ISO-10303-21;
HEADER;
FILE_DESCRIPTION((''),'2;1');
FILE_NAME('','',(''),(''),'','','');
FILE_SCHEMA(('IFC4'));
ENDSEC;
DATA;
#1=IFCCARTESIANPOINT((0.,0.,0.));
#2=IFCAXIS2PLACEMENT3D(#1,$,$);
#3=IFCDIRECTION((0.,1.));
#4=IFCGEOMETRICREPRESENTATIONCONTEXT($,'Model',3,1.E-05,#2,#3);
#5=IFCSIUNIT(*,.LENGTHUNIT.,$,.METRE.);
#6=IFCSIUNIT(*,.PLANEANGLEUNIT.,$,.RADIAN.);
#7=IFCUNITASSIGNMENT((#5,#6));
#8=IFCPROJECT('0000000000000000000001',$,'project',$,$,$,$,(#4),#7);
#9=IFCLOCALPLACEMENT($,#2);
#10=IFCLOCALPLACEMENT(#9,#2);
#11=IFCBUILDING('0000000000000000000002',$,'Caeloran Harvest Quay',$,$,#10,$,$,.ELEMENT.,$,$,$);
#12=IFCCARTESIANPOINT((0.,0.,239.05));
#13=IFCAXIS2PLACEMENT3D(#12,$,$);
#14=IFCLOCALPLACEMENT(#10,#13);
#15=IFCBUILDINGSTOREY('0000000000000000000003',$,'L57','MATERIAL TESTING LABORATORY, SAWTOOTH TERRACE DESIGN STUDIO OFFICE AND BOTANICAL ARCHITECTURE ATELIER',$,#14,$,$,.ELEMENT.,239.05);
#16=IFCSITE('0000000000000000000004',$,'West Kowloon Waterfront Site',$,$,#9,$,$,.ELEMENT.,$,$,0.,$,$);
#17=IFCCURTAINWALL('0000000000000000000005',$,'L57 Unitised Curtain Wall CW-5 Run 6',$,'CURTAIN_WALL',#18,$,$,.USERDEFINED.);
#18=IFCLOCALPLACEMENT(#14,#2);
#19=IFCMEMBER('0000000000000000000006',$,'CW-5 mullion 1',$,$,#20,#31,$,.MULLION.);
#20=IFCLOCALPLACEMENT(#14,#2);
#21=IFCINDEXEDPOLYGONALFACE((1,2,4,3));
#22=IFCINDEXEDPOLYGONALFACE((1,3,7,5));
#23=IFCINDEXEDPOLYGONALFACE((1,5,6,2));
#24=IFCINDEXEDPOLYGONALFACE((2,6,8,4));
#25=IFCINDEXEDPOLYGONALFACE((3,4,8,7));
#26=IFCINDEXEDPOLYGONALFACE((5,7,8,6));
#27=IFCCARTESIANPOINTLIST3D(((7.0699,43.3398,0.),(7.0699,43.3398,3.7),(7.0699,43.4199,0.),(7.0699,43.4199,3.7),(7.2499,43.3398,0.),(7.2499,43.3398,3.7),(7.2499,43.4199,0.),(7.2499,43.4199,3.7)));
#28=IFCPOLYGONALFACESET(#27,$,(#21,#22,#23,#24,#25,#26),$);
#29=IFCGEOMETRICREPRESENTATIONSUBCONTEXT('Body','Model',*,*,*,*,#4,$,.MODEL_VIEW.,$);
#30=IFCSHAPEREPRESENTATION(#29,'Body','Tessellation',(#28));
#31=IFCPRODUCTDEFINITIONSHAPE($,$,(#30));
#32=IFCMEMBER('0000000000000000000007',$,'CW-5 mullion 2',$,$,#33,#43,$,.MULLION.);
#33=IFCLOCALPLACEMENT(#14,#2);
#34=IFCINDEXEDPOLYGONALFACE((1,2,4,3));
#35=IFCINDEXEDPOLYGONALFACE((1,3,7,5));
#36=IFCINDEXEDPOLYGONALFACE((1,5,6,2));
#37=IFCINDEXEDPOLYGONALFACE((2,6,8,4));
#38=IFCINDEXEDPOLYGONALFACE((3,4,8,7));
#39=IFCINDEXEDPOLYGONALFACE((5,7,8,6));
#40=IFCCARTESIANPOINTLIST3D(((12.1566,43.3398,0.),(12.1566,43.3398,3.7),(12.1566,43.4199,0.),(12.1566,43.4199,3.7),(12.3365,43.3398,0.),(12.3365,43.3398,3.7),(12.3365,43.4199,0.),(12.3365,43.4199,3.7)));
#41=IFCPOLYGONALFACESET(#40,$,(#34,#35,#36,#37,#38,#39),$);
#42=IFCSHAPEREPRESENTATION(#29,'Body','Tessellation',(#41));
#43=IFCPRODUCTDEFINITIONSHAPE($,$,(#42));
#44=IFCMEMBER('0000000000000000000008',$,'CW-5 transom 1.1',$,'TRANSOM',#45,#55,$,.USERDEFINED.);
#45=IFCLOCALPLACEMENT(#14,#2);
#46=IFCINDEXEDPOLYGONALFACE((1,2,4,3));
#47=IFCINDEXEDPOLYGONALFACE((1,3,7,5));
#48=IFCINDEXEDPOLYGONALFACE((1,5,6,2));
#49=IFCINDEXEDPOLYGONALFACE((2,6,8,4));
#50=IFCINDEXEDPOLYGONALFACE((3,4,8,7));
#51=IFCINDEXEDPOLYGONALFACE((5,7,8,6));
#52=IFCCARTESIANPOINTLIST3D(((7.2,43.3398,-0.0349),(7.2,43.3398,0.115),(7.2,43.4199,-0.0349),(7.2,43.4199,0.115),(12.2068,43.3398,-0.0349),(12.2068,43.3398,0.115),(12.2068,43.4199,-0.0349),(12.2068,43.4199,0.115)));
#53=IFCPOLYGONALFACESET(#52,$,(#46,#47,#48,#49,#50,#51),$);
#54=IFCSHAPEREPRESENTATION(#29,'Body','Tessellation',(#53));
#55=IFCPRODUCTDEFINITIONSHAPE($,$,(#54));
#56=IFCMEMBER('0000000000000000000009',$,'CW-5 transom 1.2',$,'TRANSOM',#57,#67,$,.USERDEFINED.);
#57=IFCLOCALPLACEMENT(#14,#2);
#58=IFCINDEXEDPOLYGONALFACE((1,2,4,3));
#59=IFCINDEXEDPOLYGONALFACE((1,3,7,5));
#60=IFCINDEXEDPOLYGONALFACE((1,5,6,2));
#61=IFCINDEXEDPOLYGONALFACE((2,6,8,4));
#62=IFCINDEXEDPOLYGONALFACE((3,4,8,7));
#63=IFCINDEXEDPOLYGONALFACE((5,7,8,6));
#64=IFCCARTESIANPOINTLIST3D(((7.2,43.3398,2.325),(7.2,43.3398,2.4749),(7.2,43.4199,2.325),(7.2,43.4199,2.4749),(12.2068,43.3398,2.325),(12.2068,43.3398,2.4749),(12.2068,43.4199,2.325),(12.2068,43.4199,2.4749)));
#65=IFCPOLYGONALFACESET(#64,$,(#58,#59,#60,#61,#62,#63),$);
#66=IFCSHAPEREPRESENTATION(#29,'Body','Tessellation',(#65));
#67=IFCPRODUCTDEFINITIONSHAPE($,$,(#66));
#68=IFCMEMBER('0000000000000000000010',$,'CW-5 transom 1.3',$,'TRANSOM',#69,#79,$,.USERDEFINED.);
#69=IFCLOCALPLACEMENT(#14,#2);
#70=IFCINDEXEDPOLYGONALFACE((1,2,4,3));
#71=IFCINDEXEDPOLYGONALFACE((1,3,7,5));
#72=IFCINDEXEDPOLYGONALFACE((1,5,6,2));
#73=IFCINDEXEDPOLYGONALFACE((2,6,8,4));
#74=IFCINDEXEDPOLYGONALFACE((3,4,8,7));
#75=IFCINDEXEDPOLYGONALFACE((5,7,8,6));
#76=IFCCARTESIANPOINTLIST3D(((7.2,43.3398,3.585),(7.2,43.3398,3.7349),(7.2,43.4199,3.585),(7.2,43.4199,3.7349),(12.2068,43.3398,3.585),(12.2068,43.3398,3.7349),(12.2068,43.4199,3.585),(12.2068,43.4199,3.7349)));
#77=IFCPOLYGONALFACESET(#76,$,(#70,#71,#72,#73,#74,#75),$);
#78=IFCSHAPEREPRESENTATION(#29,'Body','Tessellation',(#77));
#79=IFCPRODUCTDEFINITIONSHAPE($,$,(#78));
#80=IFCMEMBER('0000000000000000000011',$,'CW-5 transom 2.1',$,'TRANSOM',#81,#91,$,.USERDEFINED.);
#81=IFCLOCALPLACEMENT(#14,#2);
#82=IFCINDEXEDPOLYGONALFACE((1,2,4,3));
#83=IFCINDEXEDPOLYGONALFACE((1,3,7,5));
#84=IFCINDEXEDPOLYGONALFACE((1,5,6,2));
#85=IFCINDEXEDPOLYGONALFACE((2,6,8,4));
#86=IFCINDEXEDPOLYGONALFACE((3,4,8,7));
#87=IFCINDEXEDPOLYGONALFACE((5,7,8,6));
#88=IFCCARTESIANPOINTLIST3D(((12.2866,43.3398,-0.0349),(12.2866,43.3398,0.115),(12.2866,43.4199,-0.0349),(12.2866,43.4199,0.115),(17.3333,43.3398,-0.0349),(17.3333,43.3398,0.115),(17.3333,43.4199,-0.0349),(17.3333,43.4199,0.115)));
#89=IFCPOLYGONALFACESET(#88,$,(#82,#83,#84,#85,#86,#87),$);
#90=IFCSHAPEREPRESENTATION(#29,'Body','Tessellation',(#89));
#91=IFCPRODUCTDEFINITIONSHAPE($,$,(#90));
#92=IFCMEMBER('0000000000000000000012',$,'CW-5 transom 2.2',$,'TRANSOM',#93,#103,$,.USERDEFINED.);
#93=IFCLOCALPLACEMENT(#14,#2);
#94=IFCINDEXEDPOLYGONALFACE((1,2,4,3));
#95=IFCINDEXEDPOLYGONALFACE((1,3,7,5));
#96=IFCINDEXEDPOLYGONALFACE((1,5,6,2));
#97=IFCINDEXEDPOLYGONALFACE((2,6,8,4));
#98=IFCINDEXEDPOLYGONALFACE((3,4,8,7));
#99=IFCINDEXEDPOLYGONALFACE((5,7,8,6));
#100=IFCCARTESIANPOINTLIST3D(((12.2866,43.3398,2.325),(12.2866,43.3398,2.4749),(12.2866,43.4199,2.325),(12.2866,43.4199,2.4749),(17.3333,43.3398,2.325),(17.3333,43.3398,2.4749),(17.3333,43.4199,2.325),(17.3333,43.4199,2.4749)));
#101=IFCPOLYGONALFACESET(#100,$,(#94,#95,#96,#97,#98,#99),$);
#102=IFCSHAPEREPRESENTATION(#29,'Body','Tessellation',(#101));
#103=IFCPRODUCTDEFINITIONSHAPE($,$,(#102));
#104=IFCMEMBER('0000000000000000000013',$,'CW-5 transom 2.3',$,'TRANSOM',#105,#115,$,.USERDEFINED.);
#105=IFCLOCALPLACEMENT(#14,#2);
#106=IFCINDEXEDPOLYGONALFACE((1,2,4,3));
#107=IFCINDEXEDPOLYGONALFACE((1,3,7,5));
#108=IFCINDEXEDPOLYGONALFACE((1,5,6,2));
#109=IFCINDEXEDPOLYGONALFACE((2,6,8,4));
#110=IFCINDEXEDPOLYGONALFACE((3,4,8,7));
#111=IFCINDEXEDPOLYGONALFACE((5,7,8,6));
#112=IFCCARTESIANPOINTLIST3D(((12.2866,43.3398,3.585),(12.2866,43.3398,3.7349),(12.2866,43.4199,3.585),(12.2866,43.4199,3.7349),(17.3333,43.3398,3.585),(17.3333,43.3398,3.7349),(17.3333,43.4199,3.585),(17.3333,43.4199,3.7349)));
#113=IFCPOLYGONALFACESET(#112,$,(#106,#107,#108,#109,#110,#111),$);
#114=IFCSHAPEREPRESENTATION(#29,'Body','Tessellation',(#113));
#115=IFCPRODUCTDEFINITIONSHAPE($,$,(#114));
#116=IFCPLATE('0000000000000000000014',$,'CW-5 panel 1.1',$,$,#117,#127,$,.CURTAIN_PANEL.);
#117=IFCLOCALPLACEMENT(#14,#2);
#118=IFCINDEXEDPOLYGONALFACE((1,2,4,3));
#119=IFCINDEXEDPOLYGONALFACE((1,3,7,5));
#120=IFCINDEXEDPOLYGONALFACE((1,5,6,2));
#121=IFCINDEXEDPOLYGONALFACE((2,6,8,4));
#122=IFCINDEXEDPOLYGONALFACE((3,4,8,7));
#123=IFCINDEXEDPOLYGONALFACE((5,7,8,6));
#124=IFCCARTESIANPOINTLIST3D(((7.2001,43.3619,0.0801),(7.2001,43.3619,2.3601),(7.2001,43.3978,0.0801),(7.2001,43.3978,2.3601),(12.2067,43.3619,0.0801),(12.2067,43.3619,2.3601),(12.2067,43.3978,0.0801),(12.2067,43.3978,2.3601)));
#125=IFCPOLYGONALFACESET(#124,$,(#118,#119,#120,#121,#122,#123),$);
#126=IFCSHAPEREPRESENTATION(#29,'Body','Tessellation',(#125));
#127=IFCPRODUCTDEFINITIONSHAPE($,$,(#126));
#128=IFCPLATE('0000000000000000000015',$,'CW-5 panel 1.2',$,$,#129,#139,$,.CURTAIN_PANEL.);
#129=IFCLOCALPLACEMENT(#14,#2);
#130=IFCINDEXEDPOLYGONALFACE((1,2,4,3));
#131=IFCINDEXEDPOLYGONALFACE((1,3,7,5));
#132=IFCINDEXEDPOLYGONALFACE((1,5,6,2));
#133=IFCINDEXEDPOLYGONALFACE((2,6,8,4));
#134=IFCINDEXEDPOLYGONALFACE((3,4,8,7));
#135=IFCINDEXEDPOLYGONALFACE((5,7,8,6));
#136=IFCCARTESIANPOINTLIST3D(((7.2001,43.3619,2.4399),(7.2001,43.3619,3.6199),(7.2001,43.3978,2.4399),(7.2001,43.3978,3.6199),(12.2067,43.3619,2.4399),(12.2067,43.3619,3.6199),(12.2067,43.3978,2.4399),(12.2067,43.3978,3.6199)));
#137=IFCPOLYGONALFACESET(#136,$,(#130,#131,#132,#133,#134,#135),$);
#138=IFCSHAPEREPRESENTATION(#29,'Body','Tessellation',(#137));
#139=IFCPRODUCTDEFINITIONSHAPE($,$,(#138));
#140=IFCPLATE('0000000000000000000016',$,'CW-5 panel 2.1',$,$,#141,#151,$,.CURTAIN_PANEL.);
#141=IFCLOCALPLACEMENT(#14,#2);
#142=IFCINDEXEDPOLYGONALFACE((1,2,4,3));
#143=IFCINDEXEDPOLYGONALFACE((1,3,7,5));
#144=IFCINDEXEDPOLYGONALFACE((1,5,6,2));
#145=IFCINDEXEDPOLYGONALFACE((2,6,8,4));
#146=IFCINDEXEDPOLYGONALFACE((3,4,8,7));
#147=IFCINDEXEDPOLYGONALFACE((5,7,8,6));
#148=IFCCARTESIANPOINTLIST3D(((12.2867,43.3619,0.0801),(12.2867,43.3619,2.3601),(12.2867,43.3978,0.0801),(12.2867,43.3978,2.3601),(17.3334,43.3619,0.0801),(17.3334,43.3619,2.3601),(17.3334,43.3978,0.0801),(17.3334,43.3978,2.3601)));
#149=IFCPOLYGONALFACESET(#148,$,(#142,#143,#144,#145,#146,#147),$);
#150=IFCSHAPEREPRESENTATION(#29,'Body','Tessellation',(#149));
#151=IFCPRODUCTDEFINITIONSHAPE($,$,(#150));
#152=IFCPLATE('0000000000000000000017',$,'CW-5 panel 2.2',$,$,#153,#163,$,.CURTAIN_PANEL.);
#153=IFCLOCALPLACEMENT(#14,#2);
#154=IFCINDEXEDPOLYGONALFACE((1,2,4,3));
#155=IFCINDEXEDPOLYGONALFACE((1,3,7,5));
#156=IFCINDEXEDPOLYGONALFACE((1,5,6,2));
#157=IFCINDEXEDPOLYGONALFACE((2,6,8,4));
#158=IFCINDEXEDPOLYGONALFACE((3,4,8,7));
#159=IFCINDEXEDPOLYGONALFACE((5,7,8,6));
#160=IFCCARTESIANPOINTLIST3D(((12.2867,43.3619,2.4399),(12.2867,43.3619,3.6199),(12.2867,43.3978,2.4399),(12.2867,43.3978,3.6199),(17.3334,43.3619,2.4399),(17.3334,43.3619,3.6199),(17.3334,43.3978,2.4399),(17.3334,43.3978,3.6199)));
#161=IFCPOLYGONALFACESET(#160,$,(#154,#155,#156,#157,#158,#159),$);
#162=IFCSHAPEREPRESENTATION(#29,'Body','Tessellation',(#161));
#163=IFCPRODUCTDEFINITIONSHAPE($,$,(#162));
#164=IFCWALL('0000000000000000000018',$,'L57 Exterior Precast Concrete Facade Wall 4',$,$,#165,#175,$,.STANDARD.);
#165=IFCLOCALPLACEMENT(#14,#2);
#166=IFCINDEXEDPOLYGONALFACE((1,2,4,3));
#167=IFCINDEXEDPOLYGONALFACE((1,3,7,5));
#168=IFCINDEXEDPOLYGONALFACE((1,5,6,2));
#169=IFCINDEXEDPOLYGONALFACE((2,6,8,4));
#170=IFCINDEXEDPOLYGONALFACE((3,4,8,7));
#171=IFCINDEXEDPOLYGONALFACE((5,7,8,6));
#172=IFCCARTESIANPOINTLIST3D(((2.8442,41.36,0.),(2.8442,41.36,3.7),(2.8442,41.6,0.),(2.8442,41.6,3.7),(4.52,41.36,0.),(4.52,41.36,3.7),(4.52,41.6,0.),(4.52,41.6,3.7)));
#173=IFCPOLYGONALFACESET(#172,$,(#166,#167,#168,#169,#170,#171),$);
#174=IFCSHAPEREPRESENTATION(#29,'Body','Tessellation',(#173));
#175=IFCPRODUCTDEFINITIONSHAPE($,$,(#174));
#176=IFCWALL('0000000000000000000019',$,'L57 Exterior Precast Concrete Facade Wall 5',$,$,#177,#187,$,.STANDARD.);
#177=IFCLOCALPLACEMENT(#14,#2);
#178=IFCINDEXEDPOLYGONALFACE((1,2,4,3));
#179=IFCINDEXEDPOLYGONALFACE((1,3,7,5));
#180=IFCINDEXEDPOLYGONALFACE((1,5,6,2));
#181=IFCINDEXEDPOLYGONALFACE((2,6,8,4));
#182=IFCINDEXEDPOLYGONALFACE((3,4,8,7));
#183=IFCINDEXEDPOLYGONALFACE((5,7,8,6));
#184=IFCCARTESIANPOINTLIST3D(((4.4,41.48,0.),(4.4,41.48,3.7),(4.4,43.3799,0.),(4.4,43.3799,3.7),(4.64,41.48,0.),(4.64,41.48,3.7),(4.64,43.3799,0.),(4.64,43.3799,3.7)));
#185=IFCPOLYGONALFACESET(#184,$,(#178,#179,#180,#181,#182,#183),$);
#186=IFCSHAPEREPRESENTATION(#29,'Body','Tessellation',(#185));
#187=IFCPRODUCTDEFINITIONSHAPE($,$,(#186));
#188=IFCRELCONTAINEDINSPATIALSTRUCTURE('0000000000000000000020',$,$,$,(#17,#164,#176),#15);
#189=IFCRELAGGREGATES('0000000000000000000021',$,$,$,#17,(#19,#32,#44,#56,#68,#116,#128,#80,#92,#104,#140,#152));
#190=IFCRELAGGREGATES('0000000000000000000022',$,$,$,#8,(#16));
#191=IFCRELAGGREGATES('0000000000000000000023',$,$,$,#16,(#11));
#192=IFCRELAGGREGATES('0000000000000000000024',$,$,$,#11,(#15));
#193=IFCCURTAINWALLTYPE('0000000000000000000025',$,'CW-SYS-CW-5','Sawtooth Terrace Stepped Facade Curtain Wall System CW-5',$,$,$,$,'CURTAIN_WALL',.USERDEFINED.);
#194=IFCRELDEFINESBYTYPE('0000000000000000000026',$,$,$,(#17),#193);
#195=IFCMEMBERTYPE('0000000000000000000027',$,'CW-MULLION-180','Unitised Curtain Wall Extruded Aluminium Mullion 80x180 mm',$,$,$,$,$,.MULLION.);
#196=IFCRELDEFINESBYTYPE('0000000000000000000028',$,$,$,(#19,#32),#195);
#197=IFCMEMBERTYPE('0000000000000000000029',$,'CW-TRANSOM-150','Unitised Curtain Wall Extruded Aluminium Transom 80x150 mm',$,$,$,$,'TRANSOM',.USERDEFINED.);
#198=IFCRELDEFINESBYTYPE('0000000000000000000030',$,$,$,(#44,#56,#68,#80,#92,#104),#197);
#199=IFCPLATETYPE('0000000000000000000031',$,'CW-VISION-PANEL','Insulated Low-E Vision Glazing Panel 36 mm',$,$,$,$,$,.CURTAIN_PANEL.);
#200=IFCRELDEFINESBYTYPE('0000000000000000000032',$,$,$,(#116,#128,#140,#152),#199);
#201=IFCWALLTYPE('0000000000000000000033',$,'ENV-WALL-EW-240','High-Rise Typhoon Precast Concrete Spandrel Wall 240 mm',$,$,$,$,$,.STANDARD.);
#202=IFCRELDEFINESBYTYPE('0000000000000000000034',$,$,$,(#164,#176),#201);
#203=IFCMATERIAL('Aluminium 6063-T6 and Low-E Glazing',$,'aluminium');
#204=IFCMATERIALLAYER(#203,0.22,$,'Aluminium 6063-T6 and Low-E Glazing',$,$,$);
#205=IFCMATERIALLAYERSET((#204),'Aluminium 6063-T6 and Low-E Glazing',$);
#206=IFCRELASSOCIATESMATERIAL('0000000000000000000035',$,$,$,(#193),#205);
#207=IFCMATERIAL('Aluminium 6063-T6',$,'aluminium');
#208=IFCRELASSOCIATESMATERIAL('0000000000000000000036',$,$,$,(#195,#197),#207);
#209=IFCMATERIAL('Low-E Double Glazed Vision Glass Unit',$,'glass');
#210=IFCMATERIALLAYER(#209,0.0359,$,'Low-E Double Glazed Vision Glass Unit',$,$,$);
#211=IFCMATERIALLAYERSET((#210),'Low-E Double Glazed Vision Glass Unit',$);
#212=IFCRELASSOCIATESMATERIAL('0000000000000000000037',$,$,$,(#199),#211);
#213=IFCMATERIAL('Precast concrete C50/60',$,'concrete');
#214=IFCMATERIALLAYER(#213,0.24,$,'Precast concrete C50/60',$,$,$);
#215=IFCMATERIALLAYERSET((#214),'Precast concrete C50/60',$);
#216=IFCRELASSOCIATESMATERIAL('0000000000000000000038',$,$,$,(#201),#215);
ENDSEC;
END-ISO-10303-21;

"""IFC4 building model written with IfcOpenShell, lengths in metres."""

from ifc_helpers import new_model, si_unit, direction, frame, frame_2d, origin, origin_2d, place, context, subcontext, project, spatial, rectangle, extrude, material, layer, layer_set, material_profile, profile_set, type_object, element, aggregate, save


model = new_model("IFC4")

# Units and contexts
model_context = context("Model", 3, precision=1e-05, world=origin(), true_north=direction((0.0, 1.0)))
body_context = subcontext(model_context, "Body", "Model", "MODEL_VIEW")
ifc_project = project(units=[si_unit("LENGTHUNIT", "METRE"), si_unit("PLANEANGLEUNIT", "RADIAN")], contexts=[model_context])

# Site, building, storey
site_placement = place(None, origin())
site = spatial("IfcSite", under=ifc_project, at=site_placement, Name="West Kowloon Waterfront Site", CompositionType="ELEMENT", RefElevation=0.0)
building_placement = place(site_placement, origin())
building = spatial("IfcBuilding", under=site, at=building_placement, Name="Caeloran Harvest Quay", CompositionType="ELEMENT")
storey_placement = place(building_placement, frame((0.0, 0.0, 239.05)))
storey = spatial("IfcBuildingStorey", under=building, at=storey_placement, Name="L57", Description="MATERIAL TESTING LABORATORY, SAWTOOTH TERRACE DESIGN STUDIO OFFICE AND BOTANICAL ARCHITECTURE ATELIER", CompositionType="ELEMENT", Elevation=239.05)

# Curtain wall, members, plates
ifc_material_1 = material(Name="Aluminium 6063-T6 and Low-E Glazing", Category="aluminium")
ifc_layer_1 = layer(ifc_material_1, 0.22, Name="Aluminium 6063-T6 and Low-E Glazing")
ifc_layer_set_1 = layer_set([ifc_layer_1], Name="Aluminium 6063-T6 and Low-E Glazing")
curtain_wall_type = type_object("IfcCurtainWallType", Name="CW-SYS-CW-5", Description="Sawtooth Terrace Stepped Facade Curtain Wall System CW-5", ElementType="CURTAIN_WALL", PredefinedType="USERDEFINED", material=ifc_layer_set_1)
curtain_wall_placement = place(storey_placement, origin())
curtain_wall = element("IfcCurtainWall", 1, at=curtain_wall_placement, inside=storey, type_object=curtain_wall_type, Name="L57 Unitised Curtain Wall CW-5 Run 6", ObjectType="CURTAIN_WALL", PredefinedType="USERDEFINED")
ifc_material_2 = material(Name="Aluminium 6063-T6", Category="aluminium")
ifc_material_profile_1 = material_profile(ifc_material_2, rectangle(XDim=0.0801, YDim=0.1799, at=origin_2d()), Name="CW-MULLION-180")
ifc_profile_set_1 = profile_set([ifc_material_profile_1], Name="Aluminium 6063-T6")
member_type_1 = type_object("IfcMemberType", Name="CW-MULLION-180", Description="Unitised Curtain Wall Extruded Aluminium Mullion 80x180 mm", PredefinedType="MULLION", material=ifc_profile_set_1)
member_1_placement = place(storey_placement, frame((7.1599, 43.3799, 0.0), z_axis=(0.0, 0.0, 1.0), x_axis=(0.0, 1.0, 0.0)))
member_1 = element("IfcMember", 2, at=member_1_placement, type_object=member_type_1, Name="CW-5 mullion 1", PredefinedType="MULLION", context=body_context, shape_type="SweptSolid", body=[
    extrude(rectangle(XDim=0.0801, YDim=0.1799, at=origin_2d()), origin(), (0.0, 0.0, 1.0), 3.7),
])
member_2_placement = place(storey_placement, frame((12.2466, 43.3799, 0.0), z_axis=(0.0, 0.0, 1.0), x_axis=(0.0, 1.0, 0.0)))
member_2 = element("IfcMember", 3, at=member_2_placement, type_object=member_type_1, Name="CW-5 mullion 2", PredefinedType="MULLION", context=body_context, shape_type="SweptSolid", body=[
    extrude(rectangle(XDim=0.0801, YDim=0.1799, at=origin_2d()), origin(), (0.0, 0.0, 1.0), 3.7),
])
ifc_material_profile_2 = material_profile(ifc_material_2, rectangle(XDim=0.0801, YDim=0.1499, at=origin_2d()), Name="CW-TRANSOM-150")
ifc_profile_set_2 = profile_set([ifc_material_profile_2], Name="Aluminium 6063-T6")
member_type_2 = type_object("IfcMemberType", Name="CW-TRANSOM-150", Description="Unitised Curtain Wall Extruded Aluminium Transom 80x150 mm", ElementType="TRANSOM", PredefinedType="USERDEFINED", material=ifc_profile_set_2)
member_3_placement = place(storey_placement, frame((7.2, 43.3799, 0.04), z_axis=(1.0, 0.0, 0.0), x_axis=(0.0, 1.0, 0.0)))
member_3 = element("IfcMember", 4, at=member_3_placement, type_object=member_type_2, Name="CW-5 transom 1.1", ObjectType="TRANSOM", PredefinedType="USERDEFINED", context=body_context, shape_type="SweptSolid", body=[
    extrude(rectangle(XDim=0.0801, YDim=0.1499, at=origin_2d()), origin(), (0.0, 0.0, 1.0), 5.0068),
])
member_4_placement = place(storey_placement, frame((7.2, 43.3799, 2.3999), z_axis=(1.0, 0.0, 0.0), x_axis=(0.0, 1.0, 0.0)))
member_4 = element("IfcMember", 5, at=member_4_placement, type_object=member_type_2, Name="CW-5 transom 1.2", ObjectType="TRANSOM", PredefinedType="USERDEFINED", context=body_context, shape_type="SweptSolid", body=[
    extrude(rectangle(XDim=0.0801, YDim=0.1499, at=origin_2d()), origin(), (0.0, 0.0, 1.0), 5.0068),
])
member_5_placement = place(storey_placement, frame((7.2, 43.3799, 3.6599), z_axis=(1.0, 0.0, 0.0), x_axis=(0.0, 1.0, 0.0)))
member_5 = element("IfcMember", 6, at=member_5_placement, type_object=member_type_2, Name="CW-5 transom 1.3", ObjectType="TRANSOM", PredefinedType="USERDEFINED", context=body_context, shape_type="SweptSolid", body=[
    extrude(rectangle(XDim=0.0801, YDim=0.1499, at=origin_2d()), origin(), (0.0, 0.0, 1.0), 5.0068),
])
member_6_placement = place(storey_placement, frame((12.2866, 43.3799, 0.04), z_axis=(1.0, 0.0, 0.0), x_axis=(0.0, 1.0, 0.0)))
member_6 = element("IfcMember", 7, at=member_6_placement, type_object=member_type_2, Name="CW-5 transom 2.1", ObjectType="TRANSOM", PredefinedType="USERDEFINED", context=body_context, shape_type="SweptSolid", body=[
    extrude(rectangle(XDim=0.0801, YDim=0.1499, at=origin_2d()), origin(), (0.0, 0.0, 1.0), 5.0466),
])
member_7_placement = place(storey_placement, frame((12.2866, 43.3799, 2.3999), z_axis=(1.0, 0.0, 0.0), x_axis=(0.0, 1.0, 0.0)))
member_7 = element("IfcMember", 8, at=member_7_placement, type_object=member_type_2, Name="CW-5 transom 2.2", ObjectType="TRANSOM", PredefinedType="USERDEFINED", context=body_context, shape_type="SweptSolid", body=[
    extrude(rectangle(XDim=0.0801, YDim=0.1499, at=origin_2d()), origin(), (0.0, 0.0, 1.0), 5.0466),
])
member_8_placement = place(storey_placement, frame((12.2866, 43.3799, 3.6599), z_axis=(1.0, 0.0, 0.0), x_axis=(0.0, 1.0, 0.0)))
member_8 = element("IfcMember", 9, at=member_8_placement, type_object=member_type_2, Name="CW-5 transom 2.3", ObjectType="TRANSOM", PredefinedType="USERDEFINED", context=body_context, shape_type="SweptSolid", body=[
    extrude(rectangle(XDim=0.0801, YDim=0.1499, at=origin_2d()), origin(), (0.0, 0.0, 1.0), 5.0466),
])
ifc_material_3 = material(Name="Low-E Double Glazed Vision Glass Unit", Category="glass")
ifc_layer_2 = layer(ifc_material_3, 0.0359, Name="Low-E Double Glazed Vision Glass Unit")
ifc_layer_set_2 = layer_set([ifc_layer_2], Name="Low-E Double Glazed Vision Glass Unit")
plate_type = type_object("IfcPlateType", Name="CW-VISION-PANEL", Description="Insulated Low-E Vision Glazing Panel 36 mm", PredefinedType="CURTAIN_PANEL", material=ifc_layer_set_2)
plate_1_placement = place(storey_placement, frame((9.7034, 43.3799, 0.0801), z_axis=(0.0, 0.0, 1.0), x_axis=(1.0, 0.0, 0.0)))
plate_1 = element("IfcPlate", 10, at=plate_1_placement, type_object=plate_type, Name="CW-5 panel 1.1", PredefinedType="CURTAIN_PANEL", context=body_context, shape_type="SweptSolid", body=[
    extrude(rectangle(XDim=5.0066, YDim=0.0359, at=origin_2d()), origin(), (0.0, 0.0, 1.0), 2.28),
])
plate_2_placement = place(storey_placement, frame((9.7034, 43.3799, 2.4399), z_axis=(0.0, 0.0, 1.0), x_axis=(1.0, 0.0, 0.0)))
plate_2 = element("IfcPlate", 11, at=plate_2_placement, type_object=plate_type, Name="CW-5 panel 1.2", PredefinedType="CURTAIN_PANEL", context=body_context, shape_type="SweptSolid", body=[
    extrude(rectangle(XDim=5.0066, YDim=0.0359, at=origin_2d()), origin(), (0.0, 0.0, 1.0), 1.1799),
])
plate_3_placement = place(storey_placement, frame((14.8101, 43.3799, 0.0801), z_axis=(0.0, 0.0, 1.0), x_axis=(1.0, 0.0, 0.0)))
plate_3 = element("IfcPlate", 12, at=plate_3_placement, type_object=plate_type, Name="CW-5 panel 2.1", PredefinedType="CURTAIN_PANEL", context=body_context, shape_type="SweptSolid", body=[
    extrude(rectangle(XDim=5.0466, YDim=0.0359, at=origin_2d()), origin(), (0.0, 0.0, 1.0), 2.28),
])
plate_4_placement = place(storey_placement, frame((14.8101, 43.3799, 2.4399), z_axis=(0.0, 0.0, 1.0), x_axis=(1.0, 0.0, 0.0)))
plate_4 = element("IfcPlate", 13, at=plate_4_placement, type_object=plate_type, Name="CW-5 panel 2.2", PredefinedType="CURTAIN_PANEL", context=body_context, shape_type="SweptSolid", body=[
    extrude(rectangle(XDim=5.0466, YDim=0.0359, at=origin_2d()), origin(), (0.0, 0.0, 1.0), 1.1799),
])
aggregate(curtain_wall, [member_1, member_2, member_3, member_4, member_5, plate_1, plate_2, member_6, member_7, member_8, plate_3, plate_4])

# Walls
ifc_material_4 = material(Name="Precast concrete C50/60", Category="concrete")
ifc_layer_3 = layer(ifc_material_4, 0.24, Name="Precast concrete C50/60")
ifc_layer_set_3 = layer_set([ifc_layer_3], Name="Precast concrete C50/60")
wall_type_1 = type_object("IfcWallType", Name="ENV-WALL-EW-240", Description="High-Rise Typhoon Precast Concrete Spandrel Wall 240 mm", PredefinedType="STANDARD", material=ifc_layer_set_3)
wall_1_placement = place(storey_placement, frame((2.8442, 41.48, 0.0), z_axis=(0.0, 0.0, 1.0), x_axis=(1.0, 0.0, 0.0)))
element("IfcWall", 14, at=wall_1_placement, inside=storey, type_object=wall_type_1, Name="L57 Exterior Precast Concrete Facade Wall 4", PredefinedType="STANDARD", context=body_context, shape_type="SweptSolid", body=[
    extrude(rectangle(XDim=1.6758, YDim=0.24, at=frame_2d((0.8379, 0.0))), origin(), (0.0, 0.0, 1.0), 3.7),
])
wall_2_placement = place(storey_placement, frame((4.52, 41.48, 0.0), z_axis=(0.0, 0.0, 1.0), x_axis=(0.0, 1.0, 0.0)))
element("IfcWall", 15, at=wall_2_placement, inside=storey, type_object=wall_type_1, Name="L57 Exterior Precast Concrete Facade Wall 5", PredefinedType="STANDARD", context=body_context, shape_type="SweptSolid", body=[
    extrude(rectangle(XDim=1.8999, YDim=0.24, at=frame_2d((0.95, 0.0))), origin(), (0.0, 0.0, 1.0), 3.7),
])

save(model, "model.ifc")
